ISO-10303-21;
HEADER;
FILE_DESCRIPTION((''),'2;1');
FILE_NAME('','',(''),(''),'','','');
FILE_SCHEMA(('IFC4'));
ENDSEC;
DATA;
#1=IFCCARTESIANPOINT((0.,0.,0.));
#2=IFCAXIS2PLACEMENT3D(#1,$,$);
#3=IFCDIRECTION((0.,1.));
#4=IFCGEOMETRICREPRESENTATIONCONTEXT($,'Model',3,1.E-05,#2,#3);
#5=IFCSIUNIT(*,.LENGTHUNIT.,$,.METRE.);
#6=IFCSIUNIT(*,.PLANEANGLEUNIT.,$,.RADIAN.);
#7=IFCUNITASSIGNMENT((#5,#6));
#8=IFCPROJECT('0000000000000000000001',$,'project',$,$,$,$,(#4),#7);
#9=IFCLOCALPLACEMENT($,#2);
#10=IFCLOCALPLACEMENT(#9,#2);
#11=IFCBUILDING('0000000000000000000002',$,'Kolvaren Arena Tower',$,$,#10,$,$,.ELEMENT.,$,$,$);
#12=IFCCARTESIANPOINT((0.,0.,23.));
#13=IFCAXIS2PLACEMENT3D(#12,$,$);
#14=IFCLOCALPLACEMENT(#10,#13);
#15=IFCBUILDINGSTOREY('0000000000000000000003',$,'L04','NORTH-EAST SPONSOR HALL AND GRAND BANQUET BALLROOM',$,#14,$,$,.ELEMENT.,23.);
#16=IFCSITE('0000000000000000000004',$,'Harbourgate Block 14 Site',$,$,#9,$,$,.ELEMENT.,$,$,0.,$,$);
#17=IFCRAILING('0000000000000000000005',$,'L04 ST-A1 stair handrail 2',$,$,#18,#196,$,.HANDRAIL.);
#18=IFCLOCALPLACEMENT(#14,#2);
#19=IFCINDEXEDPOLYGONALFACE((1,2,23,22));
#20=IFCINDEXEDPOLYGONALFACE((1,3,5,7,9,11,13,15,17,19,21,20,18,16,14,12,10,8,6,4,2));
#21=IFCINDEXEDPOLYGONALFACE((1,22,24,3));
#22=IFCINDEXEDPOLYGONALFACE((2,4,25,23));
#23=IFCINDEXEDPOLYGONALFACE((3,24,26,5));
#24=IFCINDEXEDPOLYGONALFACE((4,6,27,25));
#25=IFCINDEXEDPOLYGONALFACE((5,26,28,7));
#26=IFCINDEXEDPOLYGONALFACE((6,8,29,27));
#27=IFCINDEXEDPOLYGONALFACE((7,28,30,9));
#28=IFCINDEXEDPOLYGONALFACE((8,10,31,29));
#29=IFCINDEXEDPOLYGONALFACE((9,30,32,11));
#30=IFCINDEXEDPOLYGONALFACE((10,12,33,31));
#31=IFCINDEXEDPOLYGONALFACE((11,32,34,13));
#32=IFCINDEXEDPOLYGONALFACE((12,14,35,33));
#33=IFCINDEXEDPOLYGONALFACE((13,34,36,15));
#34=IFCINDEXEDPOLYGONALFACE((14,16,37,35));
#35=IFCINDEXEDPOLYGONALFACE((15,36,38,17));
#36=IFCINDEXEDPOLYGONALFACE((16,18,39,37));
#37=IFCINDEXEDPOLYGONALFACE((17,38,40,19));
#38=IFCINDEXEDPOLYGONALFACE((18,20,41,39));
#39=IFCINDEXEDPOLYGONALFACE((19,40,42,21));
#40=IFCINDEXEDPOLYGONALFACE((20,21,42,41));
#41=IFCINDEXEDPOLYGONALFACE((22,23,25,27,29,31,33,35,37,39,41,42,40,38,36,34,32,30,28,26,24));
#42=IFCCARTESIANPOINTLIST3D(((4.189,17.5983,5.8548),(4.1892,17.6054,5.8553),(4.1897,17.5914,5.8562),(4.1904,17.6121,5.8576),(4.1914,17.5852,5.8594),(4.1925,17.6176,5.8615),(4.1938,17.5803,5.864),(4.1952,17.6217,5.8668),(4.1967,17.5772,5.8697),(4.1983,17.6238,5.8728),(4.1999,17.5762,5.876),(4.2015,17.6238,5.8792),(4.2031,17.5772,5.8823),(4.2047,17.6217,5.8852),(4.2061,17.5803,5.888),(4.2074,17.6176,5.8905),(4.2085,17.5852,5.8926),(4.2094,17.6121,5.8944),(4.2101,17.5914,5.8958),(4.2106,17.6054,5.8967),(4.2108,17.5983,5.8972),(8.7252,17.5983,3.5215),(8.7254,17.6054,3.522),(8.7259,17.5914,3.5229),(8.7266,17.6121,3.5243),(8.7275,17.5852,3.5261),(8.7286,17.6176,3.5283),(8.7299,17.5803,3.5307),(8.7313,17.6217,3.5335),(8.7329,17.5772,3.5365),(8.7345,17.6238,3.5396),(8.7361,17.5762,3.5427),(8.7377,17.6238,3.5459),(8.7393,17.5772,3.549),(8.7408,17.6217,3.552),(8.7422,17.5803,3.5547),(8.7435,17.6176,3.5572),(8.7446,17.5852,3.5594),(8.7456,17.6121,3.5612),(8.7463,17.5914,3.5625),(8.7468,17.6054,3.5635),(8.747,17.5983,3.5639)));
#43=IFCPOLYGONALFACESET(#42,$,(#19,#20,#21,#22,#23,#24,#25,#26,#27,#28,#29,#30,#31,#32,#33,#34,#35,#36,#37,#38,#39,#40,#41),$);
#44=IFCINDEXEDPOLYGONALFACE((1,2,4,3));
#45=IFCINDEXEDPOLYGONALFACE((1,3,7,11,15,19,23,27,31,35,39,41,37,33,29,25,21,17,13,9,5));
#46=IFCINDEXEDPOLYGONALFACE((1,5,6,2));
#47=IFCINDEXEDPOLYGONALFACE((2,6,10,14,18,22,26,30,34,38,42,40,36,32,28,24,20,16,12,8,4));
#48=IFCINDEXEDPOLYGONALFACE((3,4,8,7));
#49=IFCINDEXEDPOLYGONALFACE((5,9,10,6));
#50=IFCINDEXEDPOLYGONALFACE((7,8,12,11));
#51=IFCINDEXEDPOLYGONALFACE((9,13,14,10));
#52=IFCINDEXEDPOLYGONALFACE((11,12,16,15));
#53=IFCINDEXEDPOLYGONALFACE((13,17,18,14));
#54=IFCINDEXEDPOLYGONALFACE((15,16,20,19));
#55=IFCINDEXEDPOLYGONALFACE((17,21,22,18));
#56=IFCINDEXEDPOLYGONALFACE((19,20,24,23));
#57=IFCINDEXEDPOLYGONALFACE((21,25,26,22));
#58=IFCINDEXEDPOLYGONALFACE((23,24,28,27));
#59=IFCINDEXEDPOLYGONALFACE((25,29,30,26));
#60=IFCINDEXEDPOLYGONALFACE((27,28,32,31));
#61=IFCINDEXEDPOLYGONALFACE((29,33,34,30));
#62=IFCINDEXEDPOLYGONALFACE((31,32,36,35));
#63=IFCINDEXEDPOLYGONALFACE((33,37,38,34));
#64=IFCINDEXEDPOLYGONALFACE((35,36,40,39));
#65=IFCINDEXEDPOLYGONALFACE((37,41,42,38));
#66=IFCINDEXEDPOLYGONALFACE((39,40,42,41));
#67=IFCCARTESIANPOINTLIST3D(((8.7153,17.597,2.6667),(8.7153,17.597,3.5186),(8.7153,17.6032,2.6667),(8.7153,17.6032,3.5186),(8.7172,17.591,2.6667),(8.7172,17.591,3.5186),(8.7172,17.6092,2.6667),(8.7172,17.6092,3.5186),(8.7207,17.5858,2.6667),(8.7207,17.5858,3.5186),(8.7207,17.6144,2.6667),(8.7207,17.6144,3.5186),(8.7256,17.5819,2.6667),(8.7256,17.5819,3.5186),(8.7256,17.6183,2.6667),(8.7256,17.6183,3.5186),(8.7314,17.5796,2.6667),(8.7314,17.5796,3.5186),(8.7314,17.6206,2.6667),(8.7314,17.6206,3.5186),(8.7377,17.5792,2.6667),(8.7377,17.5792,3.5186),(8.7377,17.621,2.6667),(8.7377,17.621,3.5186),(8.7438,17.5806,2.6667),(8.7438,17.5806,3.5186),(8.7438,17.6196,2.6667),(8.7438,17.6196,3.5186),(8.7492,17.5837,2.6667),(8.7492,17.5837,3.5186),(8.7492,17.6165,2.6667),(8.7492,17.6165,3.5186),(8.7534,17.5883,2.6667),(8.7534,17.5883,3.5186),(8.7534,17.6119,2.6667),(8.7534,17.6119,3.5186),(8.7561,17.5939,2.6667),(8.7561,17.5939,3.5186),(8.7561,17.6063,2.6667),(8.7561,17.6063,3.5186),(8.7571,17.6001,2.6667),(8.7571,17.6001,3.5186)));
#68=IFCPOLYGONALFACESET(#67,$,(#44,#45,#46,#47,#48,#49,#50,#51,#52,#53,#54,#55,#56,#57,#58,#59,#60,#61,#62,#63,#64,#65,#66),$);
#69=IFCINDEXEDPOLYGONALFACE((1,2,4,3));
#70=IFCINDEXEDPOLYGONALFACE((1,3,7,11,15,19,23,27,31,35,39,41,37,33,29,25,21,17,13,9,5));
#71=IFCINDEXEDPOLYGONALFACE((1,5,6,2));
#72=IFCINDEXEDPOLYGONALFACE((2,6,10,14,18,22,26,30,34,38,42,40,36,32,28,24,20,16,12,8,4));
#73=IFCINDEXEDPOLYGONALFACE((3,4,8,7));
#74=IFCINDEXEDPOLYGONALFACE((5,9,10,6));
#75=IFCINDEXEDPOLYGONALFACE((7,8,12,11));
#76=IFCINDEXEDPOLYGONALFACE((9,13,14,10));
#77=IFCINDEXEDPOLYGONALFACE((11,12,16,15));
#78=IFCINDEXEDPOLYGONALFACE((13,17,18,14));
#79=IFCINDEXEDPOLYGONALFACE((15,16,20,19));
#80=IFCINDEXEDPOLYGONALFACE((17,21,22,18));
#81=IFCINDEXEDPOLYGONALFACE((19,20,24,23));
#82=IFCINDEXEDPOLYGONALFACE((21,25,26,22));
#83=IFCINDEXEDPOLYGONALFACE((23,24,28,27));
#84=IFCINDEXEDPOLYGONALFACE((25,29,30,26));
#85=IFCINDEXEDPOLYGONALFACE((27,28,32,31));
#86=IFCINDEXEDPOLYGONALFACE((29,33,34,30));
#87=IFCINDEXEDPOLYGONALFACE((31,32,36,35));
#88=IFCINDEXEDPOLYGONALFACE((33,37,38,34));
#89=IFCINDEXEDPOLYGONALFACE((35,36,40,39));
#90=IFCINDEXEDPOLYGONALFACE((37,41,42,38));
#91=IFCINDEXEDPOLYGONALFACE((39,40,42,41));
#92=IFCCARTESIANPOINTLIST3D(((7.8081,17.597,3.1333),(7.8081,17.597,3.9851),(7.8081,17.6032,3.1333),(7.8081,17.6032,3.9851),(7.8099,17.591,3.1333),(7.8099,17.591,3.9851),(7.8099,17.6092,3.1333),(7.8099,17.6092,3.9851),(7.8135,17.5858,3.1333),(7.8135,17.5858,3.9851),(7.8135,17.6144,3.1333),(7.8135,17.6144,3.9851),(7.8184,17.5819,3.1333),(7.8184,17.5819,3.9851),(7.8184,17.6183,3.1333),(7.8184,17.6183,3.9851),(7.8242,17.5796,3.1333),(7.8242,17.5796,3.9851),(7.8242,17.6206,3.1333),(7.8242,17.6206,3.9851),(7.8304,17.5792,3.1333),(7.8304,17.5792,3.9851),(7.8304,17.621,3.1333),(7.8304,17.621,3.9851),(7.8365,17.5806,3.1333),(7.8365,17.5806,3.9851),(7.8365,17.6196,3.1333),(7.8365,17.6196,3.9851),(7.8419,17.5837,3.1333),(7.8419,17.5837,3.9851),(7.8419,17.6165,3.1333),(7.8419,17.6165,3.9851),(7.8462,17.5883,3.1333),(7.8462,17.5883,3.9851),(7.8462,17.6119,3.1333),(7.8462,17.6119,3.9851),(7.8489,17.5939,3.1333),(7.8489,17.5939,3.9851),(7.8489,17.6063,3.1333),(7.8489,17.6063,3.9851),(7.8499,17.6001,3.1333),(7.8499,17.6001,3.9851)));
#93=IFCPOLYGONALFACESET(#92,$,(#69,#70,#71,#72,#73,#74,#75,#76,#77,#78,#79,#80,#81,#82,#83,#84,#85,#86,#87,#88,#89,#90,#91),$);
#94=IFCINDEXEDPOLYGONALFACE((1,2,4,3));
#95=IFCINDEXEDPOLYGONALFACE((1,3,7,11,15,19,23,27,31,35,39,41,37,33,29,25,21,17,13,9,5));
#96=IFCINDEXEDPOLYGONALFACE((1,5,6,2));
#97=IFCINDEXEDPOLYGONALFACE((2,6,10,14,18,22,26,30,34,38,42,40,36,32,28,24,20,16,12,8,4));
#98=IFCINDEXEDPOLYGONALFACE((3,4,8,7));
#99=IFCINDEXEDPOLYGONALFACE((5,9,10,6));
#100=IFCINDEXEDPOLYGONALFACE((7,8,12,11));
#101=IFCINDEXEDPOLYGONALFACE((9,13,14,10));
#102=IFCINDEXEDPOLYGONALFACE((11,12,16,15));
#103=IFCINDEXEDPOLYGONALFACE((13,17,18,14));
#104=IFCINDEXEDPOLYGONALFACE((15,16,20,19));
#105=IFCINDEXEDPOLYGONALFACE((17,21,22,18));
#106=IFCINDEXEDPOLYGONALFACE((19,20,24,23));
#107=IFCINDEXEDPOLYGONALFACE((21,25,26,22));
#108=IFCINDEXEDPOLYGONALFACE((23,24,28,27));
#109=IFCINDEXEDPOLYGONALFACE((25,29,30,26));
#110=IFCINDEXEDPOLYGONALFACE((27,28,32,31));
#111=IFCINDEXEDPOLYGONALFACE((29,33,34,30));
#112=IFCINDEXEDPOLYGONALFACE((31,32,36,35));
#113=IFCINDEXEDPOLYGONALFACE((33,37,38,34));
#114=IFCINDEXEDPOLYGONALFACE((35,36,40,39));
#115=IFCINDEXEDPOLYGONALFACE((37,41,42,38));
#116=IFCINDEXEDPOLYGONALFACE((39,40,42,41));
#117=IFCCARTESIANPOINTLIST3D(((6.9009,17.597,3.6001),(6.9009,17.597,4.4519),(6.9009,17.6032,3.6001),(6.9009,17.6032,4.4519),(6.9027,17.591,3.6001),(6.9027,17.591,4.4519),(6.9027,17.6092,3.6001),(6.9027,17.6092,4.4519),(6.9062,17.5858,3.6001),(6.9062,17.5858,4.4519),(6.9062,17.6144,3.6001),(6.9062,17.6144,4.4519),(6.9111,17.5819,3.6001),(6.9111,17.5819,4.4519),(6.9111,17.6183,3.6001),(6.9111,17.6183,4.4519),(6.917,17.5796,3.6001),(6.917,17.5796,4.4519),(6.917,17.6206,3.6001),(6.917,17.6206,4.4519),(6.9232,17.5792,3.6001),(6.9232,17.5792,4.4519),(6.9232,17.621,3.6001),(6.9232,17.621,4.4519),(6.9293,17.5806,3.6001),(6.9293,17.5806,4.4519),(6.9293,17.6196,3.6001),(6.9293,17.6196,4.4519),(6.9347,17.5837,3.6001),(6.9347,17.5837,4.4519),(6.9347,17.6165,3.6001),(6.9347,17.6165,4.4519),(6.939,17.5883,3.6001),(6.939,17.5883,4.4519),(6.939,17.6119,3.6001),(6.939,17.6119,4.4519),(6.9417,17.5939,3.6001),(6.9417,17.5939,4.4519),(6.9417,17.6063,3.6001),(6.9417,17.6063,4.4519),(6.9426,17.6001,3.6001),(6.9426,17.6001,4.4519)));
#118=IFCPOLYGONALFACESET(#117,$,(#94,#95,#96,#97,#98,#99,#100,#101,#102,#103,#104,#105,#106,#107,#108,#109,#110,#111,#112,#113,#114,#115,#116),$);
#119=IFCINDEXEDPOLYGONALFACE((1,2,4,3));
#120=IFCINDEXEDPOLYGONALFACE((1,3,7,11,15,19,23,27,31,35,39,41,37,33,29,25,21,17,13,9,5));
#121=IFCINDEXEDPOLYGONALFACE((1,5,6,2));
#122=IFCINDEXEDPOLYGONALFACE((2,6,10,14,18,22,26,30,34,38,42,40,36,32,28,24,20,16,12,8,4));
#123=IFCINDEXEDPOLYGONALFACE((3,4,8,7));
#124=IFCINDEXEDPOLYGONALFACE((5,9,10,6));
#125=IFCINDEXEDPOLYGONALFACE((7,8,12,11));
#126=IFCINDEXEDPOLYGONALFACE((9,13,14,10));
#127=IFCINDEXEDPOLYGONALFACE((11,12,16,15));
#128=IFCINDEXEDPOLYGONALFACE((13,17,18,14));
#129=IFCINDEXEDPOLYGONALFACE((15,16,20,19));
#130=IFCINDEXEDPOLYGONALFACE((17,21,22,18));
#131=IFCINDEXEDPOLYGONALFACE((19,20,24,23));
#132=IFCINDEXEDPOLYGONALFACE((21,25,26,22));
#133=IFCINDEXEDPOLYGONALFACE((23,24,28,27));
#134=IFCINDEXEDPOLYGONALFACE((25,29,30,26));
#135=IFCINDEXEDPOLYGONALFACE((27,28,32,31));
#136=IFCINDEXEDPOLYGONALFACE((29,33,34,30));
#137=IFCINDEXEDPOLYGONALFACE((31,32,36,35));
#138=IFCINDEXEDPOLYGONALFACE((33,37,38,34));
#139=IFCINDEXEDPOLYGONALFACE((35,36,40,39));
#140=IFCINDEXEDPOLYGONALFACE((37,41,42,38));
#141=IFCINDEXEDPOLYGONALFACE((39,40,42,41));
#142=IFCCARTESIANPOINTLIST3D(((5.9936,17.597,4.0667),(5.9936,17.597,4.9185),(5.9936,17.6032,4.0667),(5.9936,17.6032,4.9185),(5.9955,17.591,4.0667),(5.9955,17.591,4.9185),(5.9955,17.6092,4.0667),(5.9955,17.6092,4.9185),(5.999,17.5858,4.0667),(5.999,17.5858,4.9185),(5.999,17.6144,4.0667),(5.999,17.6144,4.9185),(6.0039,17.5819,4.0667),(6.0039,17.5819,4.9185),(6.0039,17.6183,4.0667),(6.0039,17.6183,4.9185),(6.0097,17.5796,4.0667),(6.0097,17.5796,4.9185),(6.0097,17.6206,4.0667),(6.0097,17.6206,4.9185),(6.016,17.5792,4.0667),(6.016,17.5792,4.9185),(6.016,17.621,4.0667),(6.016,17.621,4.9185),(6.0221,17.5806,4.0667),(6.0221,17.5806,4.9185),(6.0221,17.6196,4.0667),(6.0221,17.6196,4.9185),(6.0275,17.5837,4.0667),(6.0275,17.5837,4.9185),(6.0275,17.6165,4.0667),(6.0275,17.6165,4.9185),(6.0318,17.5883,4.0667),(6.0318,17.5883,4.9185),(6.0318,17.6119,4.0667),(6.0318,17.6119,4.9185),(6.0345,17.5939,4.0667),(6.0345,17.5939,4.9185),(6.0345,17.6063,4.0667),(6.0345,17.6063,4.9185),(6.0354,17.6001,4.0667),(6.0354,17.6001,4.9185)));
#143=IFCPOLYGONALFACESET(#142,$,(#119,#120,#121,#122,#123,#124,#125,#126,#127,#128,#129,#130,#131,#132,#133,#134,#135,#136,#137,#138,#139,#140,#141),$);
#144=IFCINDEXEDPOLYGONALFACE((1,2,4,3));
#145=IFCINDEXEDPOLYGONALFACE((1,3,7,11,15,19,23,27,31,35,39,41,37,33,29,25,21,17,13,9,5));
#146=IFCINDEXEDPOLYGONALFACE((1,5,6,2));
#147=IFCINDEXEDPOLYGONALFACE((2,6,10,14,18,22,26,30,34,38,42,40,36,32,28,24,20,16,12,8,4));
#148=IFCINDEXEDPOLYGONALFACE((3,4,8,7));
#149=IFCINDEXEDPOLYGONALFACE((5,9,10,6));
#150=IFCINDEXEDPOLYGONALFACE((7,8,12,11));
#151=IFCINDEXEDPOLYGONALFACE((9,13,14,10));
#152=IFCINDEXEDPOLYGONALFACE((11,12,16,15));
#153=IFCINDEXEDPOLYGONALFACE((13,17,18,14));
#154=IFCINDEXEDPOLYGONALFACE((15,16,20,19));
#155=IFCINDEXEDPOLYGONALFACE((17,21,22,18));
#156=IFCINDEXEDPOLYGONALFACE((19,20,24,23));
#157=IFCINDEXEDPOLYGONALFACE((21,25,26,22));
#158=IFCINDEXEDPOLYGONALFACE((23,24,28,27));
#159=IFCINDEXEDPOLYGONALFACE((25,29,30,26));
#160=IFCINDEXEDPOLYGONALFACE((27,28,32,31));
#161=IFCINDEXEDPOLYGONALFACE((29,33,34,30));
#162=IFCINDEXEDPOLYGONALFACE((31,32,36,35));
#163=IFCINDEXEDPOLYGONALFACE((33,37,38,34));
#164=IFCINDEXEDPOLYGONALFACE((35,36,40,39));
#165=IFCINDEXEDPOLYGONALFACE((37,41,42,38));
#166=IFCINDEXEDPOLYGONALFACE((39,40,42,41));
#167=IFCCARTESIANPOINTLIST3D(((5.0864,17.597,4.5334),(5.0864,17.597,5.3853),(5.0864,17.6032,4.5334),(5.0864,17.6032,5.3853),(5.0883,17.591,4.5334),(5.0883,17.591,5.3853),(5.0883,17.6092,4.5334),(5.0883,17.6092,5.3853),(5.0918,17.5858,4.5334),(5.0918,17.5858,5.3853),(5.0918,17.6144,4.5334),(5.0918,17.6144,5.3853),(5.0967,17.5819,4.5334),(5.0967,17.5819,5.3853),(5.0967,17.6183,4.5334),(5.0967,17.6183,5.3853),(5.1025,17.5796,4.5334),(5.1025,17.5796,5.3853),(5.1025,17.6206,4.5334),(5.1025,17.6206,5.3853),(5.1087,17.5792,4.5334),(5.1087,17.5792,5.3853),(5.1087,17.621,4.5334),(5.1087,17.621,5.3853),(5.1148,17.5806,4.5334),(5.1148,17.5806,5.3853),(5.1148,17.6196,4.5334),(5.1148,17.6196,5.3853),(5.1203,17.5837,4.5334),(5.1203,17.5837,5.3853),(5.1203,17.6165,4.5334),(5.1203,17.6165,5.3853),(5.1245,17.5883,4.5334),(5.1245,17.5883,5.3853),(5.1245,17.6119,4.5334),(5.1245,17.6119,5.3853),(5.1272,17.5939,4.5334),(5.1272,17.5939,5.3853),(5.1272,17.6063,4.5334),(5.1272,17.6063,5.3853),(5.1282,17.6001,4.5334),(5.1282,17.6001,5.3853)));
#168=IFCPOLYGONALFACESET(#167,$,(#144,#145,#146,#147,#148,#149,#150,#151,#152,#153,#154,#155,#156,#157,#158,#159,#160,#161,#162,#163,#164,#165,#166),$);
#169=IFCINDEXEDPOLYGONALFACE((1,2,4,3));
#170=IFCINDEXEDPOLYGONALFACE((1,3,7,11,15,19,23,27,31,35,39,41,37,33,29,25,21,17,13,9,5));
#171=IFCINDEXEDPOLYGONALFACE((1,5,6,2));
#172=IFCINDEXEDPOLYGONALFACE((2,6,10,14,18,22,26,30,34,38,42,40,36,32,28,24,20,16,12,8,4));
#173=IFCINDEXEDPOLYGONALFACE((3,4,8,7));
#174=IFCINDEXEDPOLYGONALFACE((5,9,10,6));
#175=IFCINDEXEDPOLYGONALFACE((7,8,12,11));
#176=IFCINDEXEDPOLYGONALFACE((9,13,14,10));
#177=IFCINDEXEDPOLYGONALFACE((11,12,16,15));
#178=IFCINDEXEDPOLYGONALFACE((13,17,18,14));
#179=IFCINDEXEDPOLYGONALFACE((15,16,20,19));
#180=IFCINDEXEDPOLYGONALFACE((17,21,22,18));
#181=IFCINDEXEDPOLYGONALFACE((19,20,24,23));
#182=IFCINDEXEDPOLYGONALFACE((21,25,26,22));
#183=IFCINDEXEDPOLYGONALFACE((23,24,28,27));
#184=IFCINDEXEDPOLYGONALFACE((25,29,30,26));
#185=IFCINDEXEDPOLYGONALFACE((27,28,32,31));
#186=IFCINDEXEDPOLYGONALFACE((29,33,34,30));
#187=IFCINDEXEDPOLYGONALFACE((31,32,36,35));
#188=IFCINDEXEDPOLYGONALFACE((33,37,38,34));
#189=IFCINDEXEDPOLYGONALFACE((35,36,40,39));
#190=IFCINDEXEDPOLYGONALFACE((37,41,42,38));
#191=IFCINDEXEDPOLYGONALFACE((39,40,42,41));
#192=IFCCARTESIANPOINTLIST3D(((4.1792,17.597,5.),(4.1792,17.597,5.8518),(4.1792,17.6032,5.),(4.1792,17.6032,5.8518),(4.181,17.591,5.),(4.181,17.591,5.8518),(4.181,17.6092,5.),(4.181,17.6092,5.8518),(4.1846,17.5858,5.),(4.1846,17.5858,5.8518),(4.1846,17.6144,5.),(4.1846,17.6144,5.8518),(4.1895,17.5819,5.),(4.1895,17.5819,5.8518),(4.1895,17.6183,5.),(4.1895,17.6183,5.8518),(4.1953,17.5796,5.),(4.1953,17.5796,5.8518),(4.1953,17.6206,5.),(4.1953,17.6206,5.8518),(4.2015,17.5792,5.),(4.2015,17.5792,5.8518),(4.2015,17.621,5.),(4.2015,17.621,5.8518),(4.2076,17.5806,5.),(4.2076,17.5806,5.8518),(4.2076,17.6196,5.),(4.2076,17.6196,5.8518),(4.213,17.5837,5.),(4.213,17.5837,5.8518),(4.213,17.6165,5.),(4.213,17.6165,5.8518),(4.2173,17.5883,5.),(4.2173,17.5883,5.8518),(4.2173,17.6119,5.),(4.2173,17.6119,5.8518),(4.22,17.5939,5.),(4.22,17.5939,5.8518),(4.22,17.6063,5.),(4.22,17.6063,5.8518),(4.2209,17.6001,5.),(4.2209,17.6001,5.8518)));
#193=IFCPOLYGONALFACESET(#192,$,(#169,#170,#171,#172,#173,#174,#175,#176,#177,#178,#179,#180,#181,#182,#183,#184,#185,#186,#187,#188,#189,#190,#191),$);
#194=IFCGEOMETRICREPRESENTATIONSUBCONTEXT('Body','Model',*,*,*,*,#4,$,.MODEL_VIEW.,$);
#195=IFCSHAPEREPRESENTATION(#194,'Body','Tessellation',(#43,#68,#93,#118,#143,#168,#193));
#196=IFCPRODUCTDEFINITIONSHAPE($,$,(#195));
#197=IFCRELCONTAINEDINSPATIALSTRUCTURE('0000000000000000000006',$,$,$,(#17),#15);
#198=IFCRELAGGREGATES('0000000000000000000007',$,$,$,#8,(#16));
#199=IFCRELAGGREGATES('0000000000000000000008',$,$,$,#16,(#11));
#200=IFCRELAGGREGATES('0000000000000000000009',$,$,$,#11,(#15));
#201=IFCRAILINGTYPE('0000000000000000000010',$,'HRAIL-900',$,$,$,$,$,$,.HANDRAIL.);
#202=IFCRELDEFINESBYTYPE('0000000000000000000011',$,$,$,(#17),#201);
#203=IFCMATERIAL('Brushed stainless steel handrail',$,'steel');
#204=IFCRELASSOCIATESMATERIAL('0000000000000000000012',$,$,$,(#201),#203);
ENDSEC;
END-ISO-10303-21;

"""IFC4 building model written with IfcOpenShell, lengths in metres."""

from ifc_helpers import new_model, si_unit, direction, frame, origin, origin_2d, place, context, subcontext, project, spatial, circle, extrude, material, type_object, element, save


model = new_model("IFC4")

# Units and contexts
model_context = context("Model", 3, precision=1e-05, world=origin(), true_north=direction((0.0, 1.0)))
body_context = subcontext(model_context, "Body", "Model", "MODEL_VIEW")
ifc_project = project(units=[si_unit("LENGTHUNIT", "METRE"), si_unit("PLANEANGLEUNIT", "RADIAN")], contexts=[model_context])

# Site, building, storey
site_placement = place(None, origin())
site = spatial("IfcSite", under=ifc_project, at=site_placement, Name="Harbourgate Block 14 Site", CompositionType="ELEMENT", RefElevation=0.0)
building_placement = place(site_placement, origin())
building = spatial("IfcBuilding", under=site, at=building_placement, Name="Kolvaren Arena Tower", CompositionType="ELEMENT")
storey_placement = place(building_placement, frame((0.0, 0.0, 23.0)))
storey = spatial("IfcBuildingStorey", under=building, at=storey_placement, Name="L04", Description="NORTH-EAST SPONSOR HALL AND GRAND BANQUET BALLROOM", CompositionType="ELEMENT", Elevation=23.0)

# Railing
ifc_material_1 = material(Name="Brushed stainless steel handrail", Category="steel")
railing_type_1 = type_object("IfcRailingType", Name="HRAIL-900", PredefinedType="HANDRAIL", material=ifc_material_1)
railing_1_placement = place(storey_placement, frame((8.7361, 17.6001, 2.6667)))
element("IfcRailing", 1, at=railing_1_placement, inside=storey, type_object=railing_type_1, Name="L04 ST-A1 stair handrail 2", PredefinedType="HANDRAIL", context=body_context, shape_type="SweptSolid", body=[
    extrude(circle(Radius=0.0239, at=origin_2d()), frame((0.0, 0.0, 0.876), z_axis=(-0.889257, 0.0, 0.457407), x_axis=(0.0, -1.0, 0.0)), (0.0, 0.0, 1.0), 5.1011),
    extrude(circle(Radius=0.021, at=origin_2d()), origin(), (0.0, 0.0, 1.0), 0.8518),
    extrude(circle(Radius=0.021, at=origin_2d()), frame((-0.9072, 0.0, 0.4666)), (0.0, 0.0, 1.0), 0.8518),
    extrude(circle(Radius=0.021, at=origin_2d()), frame((-1.8145, 0.0, 0.9333)), (0.0, 0.0, 1.0), 0.8518),
    extrude(circle(Radius=0.021, at=origin_2d()), frame((-2.7217, 0.0, 1.3999)), (0.0, 0.0, 1.0), 0.8518),
    extrude(circle(Radius=0.021, at=origin_2d()), frame((-3.6289, 0.0, 1.8667)), (0.0, 0.0, 1.0), 0.8518),
    extrude(circle(Radius=0.021, at=origin_2d()), frame((-4.5361, 0.0, 2.3333)), (0.0, 0.0, 1.0), 0.8518),
])

save(model, "model.ifc")
